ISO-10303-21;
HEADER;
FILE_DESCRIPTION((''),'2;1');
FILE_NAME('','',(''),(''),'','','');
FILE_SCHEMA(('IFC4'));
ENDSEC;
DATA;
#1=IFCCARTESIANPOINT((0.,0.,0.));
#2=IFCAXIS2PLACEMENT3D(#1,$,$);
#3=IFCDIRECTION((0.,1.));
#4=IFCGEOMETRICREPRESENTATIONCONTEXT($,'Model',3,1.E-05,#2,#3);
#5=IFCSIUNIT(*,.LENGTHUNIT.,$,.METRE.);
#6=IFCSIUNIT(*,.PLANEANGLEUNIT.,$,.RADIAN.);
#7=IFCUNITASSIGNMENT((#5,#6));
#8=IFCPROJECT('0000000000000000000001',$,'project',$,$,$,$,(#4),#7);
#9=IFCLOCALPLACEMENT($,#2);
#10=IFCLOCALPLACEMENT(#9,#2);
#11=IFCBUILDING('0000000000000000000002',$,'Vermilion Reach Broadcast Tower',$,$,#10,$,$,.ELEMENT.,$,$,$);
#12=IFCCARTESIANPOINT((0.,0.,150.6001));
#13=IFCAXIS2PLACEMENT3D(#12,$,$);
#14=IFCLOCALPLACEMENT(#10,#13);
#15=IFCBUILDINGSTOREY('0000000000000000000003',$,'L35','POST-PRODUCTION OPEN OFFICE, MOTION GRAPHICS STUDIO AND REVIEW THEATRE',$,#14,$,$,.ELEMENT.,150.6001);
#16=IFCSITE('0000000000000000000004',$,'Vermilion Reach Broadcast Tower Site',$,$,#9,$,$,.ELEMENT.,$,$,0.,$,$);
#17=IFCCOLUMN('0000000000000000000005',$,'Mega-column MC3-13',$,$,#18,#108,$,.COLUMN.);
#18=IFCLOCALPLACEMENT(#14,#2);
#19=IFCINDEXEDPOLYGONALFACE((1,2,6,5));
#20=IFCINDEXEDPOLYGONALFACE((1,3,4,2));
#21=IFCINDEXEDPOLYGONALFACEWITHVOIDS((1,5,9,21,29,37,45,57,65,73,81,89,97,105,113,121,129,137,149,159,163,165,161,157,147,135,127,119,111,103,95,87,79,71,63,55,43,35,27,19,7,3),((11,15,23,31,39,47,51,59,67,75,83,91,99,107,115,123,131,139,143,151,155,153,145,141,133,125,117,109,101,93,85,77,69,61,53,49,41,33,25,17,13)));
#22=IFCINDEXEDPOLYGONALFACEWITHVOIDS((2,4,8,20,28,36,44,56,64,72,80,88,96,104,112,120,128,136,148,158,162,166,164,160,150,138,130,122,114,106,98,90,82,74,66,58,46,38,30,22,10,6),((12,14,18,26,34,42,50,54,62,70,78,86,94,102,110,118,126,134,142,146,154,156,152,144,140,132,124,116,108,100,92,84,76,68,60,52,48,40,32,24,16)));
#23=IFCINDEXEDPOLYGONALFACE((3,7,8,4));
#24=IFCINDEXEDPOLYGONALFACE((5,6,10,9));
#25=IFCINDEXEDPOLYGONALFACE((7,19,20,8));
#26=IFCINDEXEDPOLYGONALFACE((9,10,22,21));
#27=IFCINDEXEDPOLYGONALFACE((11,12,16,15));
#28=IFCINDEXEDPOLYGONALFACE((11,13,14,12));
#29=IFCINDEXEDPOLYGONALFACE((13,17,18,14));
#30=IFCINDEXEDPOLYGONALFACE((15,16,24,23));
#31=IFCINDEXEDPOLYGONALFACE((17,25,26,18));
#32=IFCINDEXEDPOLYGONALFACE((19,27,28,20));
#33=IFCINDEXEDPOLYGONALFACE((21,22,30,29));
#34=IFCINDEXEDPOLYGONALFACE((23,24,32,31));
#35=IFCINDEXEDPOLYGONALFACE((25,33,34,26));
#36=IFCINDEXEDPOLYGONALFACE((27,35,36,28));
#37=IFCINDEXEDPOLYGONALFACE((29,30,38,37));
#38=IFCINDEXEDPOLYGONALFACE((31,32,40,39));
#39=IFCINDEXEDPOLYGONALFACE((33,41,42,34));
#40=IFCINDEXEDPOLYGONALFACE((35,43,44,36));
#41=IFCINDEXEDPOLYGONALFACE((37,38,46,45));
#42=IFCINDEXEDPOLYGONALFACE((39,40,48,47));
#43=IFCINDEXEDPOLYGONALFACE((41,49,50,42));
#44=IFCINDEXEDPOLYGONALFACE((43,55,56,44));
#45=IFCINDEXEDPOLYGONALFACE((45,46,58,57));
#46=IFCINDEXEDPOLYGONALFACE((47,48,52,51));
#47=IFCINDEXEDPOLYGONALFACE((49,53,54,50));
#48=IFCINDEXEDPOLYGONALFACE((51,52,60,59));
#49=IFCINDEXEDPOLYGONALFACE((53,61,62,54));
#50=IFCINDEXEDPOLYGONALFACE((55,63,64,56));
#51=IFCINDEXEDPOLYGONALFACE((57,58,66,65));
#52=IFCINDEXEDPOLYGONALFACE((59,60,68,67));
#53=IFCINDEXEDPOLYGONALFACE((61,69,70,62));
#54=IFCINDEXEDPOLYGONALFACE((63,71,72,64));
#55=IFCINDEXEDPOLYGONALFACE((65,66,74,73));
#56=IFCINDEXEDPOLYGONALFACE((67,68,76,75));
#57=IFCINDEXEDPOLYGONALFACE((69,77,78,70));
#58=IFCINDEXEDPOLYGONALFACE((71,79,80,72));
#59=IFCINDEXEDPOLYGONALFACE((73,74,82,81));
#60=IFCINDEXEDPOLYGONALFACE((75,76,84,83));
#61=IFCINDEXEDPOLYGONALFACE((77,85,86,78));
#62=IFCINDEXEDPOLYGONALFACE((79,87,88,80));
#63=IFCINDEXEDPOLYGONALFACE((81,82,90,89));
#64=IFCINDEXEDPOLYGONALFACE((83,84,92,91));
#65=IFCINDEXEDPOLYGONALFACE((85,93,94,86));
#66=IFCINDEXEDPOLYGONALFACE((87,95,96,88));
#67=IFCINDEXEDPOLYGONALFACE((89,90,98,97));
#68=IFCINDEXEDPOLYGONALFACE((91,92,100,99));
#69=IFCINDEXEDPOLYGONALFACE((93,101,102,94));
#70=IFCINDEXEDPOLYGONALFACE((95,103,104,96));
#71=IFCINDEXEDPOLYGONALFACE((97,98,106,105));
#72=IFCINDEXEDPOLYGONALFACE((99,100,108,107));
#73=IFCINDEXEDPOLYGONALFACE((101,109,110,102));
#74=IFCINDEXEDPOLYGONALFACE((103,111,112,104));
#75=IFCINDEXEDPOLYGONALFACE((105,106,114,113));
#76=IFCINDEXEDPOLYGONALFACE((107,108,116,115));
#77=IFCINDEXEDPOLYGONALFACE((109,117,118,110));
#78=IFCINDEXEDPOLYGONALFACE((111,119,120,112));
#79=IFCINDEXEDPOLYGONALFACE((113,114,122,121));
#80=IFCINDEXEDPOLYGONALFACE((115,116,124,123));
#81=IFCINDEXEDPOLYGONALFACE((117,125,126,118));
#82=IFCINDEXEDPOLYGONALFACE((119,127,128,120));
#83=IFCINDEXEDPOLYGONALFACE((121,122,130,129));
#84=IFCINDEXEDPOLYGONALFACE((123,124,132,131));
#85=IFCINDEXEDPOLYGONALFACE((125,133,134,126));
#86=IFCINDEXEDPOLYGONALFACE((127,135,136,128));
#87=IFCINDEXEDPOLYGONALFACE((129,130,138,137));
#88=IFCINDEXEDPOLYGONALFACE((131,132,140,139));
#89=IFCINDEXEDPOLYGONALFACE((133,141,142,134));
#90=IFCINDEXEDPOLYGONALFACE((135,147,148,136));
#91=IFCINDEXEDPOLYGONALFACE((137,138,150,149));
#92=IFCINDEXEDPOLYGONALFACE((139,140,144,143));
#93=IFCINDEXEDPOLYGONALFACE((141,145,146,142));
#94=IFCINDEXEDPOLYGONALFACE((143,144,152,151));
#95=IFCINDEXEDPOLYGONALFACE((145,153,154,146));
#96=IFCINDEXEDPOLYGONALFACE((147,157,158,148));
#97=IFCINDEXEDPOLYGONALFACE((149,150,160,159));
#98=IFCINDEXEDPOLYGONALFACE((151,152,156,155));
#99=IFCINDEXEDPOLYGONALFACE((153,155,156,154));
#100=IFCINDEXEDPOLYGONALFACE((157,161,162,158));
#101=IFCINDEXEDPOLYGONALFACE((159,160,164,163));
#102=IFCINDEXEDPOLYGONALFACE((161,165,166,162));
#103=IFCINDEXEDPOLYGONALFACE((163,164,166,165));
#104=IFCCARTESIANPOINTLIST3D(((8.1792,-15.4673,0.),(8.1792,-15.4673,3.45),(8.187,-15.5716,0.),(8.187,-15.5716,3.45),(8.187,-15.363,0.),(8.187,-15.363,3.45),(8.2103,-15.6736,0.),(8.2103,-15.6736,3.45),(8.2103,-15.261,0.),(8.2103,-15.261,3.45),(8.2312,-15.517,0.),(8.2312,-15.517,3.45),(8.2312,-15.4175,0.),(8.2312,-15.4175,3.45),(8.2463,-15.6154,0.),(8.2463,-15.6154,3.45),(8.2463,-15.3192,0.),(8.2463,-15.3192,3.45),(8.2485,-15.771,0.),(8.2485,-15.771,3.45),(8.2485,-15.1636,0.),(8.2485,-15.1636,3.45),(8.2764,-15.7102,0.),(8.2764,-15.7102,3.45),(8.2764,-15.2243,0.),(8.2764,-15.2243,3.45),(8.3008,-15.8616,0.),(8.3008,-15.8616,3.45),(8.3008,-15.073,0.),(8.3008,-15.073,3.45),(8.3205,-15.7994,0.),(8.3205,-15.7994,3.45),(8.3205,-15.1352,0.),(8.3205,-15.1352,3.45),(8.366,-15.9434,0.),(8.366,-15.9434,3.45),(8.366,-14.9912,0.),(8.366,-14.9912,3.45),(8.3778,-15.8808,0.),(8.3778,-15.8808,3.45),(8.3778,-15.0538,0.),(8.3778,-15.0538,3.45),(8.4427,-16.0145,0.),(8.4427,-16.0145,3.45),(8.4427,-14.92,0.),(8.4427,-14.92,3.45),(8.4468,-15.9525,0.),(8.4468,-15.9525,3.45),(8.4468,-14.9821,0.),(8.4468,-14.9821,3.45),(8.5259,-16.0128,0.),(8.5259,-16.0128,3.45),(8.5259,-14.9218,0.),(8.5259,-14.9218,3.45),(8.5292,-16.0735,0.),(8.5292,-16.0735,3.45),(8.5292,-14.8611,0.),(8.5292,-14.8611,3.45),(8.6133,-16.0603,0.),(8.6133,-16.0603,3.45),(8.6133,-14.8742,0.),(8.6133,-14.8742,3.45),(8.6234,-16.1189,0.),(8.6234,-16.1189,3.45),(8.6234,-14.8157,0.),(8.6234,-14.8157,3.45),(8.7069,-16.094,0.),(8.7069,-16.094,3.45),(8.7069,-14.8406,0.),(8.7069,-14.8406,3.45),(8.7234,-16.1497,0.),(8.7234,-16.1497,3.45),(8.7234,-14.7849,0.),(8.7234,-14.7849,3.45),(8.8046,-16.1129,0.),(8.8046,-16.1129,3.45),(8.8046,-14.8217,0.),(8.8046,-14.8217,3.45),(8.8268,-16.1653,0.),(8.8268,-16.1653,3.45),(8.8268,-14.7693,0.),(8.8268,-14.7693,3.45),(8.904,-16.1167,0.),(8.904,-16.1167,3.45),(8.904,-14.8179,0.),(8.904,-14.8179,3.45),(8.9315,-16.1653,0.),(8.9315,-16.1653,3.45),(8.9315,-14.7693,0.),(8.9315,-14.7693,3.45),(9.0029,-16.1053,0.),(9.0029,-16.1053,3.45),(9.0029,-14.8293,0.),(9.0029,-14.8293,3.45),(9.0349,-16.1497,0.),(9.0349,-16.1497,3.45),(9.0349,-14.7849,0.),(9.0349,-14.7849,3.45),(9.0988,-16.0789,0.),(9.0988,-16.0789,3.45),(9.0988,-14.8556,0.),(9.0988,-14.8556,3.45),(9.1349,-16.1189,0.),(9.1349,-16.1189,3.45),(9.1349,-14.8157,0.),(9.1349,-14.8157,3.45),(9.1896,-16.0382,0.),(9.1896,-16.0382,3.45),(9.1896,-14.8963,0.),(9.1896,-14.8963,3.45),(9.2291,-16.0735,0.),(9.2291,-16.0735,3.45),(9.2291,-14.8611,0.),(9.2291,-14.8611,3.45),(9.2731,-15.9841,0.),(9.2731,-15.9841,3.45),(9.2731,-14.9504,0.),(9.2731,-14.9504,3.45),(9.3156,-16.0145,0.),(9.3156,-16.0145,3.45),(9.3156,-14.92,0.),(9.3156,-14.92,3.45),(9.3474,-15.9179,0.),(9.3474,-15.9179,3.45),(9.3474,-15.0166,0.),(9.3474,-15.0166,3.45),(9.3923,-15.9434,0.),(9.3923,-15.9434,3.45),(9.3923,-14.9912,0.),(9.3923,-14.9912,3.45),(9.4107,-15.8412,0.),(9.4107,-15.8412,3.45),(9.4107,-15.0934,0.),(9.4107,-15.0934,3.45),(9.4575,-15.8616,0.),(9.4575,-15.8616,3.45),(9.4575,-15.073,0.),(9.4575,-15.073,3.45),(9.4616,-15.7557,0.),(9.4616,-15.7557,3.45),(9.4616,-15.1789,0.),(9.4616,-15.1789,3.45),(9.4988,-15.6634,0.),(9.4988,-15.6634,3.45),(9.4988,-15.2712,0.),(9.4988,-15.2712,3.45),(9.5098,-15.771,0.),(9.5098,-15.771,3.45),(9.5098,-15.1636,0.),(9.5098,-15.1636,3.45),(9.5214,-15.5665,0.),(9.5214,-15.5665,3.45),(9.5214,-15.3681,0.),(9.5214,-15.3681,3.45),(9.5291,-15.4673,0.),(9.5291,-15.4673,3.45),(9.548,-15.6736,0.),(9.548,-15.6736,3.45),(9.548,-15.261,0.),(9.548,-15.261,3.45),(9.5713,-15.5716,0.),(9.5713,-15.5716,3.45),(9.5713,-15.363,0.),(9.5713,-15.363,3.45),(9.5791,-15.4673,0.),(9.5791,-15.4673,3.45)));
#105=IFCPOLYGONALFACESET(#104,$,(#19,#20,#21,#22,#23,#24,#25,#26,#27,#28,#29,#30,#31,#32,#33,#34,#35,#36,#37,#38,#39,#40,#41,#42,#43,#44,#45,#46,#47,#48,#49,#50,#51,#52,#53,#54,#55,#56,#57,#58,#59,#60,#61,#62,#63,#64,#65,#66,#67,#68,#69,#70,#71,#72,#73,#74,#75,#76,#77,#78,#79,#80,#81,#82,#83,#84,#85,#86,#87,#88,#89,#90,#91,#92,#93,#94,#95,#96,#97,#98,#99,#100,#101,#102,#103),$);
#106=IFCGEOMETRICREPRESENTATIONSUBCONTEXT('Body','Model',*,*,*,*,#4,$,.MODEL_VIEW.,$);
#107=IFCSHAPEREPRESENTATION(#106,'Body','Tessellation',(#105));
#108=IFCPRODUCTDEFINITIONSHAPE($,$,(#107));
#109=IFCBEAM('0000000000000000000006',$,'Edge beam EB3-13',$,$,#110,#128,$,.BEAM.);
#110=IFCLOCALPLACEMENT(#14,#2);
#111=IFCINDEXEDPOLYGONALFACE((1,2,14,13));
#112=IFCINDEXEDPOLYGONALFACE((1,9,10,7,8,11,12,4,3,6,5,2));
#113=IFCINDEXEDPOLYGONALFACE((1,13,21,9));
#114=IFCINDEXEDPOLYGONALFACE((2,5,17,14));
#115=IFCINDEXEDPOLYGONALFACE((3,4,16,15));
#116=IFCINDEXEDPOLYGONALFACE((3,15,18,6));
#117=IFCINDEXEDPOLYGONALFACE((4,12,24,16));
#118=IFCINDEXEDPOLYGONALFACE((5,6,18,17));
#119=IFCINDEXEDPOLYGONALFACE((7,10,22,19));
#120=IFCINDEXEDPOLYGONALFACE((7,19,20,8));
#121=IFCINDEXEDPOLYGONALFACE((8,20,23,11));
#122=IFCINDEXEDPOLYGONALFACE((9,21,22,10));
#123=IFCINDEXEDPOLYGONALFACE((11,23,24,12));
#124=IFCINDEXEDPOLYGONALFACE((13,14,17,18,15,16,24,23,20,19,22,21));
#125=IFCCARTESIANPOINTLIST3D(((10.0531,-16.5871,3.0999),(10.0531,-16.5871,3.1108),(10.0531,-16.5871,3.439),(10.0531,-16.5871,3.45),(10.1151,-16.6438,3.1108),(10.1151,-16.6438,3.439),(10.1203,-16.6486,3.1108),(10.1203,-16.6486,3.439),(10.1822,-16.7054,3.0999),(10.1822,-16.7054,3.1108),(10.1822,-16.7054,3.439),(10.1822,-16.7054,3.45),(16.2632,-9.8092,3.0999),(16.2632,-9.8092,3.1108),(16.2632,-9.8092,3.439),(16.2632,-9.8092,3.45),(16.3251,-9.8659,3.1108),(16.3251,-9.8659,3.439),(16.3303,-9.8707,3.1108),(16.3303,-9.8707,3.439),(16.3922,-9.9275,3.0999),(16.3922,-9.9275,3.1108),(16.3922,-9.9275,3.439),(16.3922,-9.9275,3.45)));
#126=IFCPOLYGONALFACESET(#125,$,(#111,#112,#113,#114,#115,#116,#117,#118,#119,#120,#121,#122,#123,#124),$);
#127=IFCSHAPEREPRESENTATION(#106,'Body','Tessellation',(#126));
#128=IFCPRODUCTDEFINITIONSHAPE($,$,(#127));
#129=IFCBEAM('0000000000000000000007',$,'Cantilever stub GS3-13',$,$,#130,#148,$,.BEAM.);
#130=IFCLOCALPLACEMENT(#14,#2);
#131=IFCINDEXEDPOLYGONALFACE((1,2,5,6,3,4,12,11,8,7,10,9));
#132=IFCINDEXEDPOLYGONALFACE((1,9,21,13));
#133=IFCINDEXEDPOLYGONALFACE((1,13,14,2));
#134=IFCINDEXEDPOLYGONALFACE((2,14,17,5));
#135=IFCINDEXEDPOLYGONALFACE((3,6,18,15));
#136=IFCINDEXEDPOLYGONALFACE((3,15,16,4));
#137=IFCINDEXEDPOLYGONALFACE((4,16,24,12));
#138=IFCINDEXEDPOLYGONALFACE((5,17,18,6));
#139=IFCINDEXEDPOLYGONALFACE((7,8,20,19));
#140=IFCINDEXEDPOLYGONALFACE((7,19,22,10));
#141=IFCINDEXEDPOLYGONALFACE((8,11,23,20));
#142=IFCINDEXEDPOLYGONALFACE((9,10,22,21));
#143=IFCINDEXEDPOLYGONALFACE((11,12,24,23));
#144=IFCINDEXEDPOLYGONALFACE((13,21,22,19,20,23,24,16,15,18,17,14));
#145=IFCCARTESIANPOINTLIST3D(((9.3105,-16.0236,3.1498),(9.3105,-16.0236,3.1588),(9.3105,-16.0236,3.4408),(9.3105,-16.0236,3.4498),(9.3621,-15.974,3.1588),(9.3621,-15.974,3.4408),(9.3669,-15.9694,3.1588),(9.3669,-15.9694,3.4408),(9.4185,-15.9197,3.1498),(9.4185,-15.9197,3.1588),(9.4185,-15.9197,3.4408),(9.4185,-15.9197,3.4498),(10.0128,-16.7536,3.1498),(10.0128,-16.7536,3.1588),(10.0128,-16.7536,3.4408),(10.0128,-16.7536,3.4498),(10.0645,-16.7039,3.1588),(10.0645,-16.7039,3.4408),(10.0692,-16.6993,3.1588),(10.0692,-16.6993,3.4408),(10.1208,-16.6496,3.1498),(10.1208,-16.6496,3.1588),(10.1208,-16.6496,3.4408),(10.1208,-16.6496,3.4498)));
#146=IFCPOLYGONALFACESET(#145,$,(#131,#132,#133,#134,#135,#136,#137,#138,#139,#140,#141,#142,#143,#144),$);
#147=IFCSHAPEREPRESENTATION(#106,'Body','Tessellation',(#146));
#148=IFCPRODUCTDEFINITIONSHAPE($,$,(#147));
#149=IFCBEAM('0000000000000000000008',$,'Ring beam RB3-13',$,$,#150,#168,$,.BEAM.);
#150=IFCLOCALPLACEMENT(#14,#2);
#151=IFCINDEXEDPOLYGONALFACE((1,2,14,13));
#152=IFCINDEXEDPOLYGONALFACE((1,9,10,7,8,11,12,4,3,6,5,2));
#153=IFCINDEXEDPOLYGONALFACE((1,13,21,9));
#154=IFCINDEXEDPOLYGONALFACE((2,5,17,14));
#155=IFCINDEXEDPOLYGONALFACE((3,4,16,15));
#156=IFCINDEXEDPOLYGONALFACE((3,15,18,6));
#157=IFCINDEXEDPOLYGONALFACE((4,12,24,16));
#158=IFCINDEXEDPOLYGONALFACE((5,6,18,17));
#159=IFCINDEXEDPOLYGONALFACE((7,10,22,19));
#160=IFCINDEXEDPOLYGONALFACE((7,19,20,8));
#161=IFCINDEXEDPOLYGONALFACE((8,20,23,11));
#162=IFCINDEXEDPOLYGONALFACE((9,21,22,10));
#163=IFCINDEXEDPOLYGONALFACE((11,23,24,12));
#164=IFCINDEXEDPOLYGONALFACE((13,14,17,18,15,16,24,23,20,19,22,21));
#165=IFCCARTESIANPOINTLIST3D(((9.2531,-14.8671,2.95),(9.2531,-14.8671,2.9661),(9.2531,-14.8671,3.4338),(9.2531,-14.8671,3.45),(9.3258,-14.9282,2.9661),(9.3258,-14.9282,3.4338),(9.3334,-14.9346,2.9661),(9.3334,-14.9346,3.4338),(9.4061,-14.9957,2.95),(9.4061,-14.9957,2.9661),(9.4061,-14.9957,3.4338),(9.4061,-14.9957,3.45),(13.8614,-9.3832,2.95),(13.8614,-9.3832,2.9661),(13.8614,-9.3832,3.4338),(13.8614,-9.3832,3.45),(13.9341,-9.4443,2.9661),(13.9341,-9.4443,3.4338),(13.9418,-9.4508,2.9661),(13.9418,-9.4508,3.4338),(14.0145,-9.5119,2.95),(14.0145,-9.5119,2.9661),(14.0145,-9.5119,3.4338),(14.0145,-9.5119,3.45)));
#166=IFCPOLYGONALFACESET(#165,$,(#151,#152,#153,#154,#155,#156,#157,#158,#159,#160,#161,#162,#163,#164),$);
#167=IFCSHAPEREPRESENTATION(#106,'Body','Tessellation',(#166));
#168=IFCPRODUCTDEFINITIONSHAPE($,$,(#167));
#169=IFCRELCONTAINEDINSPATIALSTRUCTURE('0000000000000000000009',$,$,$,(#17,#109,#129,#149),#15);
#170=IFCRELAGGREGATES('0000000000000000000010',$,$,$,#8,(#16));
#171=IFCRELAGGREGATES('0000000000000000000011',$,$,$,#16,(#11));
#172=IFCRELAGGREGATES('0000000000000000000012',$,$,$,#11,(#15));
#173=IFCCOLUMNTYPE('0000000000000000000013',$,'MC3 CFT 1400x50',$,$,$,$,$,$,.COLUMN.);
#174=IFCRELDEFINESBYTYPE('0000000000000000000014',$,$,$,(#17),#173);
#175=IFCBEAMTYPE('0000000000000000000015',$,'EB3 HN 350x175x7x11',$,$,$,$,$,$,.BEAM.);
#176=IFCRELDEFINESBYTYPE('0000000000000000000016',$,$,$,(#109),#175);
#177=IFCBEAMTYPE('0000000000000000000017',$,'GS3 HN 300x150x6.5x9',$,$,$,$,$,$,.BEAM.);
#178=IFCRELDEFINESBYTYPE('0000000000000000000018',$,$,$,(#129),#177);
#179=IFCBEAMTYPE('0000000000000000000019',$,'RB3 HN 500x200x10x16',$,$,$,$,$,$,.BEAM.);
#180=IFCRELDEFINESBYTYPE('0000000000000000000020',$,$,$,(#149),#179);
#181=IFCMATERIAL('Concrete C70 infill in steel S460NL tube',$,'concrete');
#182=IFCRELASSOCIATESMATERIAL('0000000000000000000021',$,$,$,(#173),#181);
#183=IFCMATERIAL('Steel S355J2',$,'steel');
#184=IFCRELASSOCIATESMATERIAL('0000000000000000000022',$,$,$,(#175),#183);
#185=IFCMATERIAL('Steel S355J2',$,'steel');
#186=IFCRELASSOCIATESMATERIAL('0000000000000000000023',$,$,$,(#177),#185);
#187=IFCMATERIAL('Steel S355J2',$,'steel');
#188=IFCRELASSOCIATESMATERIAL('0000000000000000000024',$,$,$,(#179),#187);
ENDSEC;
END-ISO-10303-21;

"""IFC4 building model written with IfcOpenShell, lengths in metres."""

from ifc_helpers import new_model, si_unit, direction, frame, origin, origin_2d, place, context, subcontext, project, spatial, hollow_circle, i_section, extrude, material, material_profile, profile_set, type_object, element, save


model = new_model("IFC4")

# Units and contexts
model_context = context("Model", 3, precision=1e-05, world=origin(), true_north=direction((0.0, 1.0)))
body_context = subcontext(model_context, "Body", "Model", "MODEL_VIEW")
ifc_project = project(units=[si_unit("LENGTHUNIT", "METRE"), si_unit("PLANEANGLEUNIT", "RADIAN")], contexts=[model_context])

# Site, building, storey
site_placement = place(None, origin())
site = spatial("IfcSite", under=ifc_project, at=site_placement, Name="Vermilion Reach Broadcast Tower Site", CompositionType="ELEMENT", RefElevation=0.0)
building_placement = place(site_placement, origin())
building = spatial("IfcBuilding", under=site, at=building_placement, Name="Vermilion Reach Broadcast Tower", CompositionType="ELEMENT")
storey_placement = place(building_placement, frame((0.0, 0.0, 150.6001)))
storey = spatial("IfcBuildingStorey", under=building, at=storey_placement, Name="L35", Description="POST-PRODUCTION OPEN OFFICE, MOTION GRAPHICS STUDIO AND REVIEW THEATRE", CompositionType="ELEMENT", Elevation=150.6001)

# Column
ifc_material_1 = material(Name="Concrete C70 infill in steel S460NL tube", Category="concrete")
ifc_material_profile_1 = material_profile(ifc_material_1, hollow_circle(Radius=0.7, WallThickness=0.05, at=origin_2d()), Name="Concrete C70 infill in steel S460NL tube CFT 1400x50")
ifc_profile_set_1 = profile_set([ifc_material_profile_1], Name="Concrete C70 infill in steel S460NL tube")
column_type = type_object("IfcColumnType", Name="MC3 CFT 1400x50", PredefinedType="COLUMN", material=ifc_profile_set_1)
column_placement = place(storey_placement, frame((8.8792, -15.4673, 0.0), z_axis=(0.0, 0.0, 1.0), x_axis=(1.0, 0.0, 0.0)))
element("IfcColumn", 1, at=column_placement, inside=storey, type_object=column_type, Name="Mega-column MC3-13", PredefinedType="COLUMN", context=body_context, shape_type="SweptSolid", body=[
    extrude(hollow_circle(Radius=0.7, WallThickness=0.05, at=origin_2d()), origin(), (0.0, 0.0, 1.0), 3.45),
])

# Beams
ifc_material_2 = material(Name="Steel S355J2", Category="steel")
ifc_material_profile_2 = material_profile(ifc_material_2, i_section(OverallWidth=0.175, OverallDepth=0.3501, WebThickness=0.0071, FlangeThickness=0.011, at=origin_2d()), Name="S355J2 HN 350x175x7x11")
ifc_profile_set_2 = profile_set([ifc_material_profile_2], Name="Steel S355J2")
beam_type_1 = type_object("IfcBeamType", Name="EB3 HN 350x175x7x11", PredefinedType="BEAM", material=ifc_profile_set_2)
beam_1_placement = place(storey_placement, frame((10.1177, -16.6462, 3.2749), z_axis=(0.675544, 0.737319, 0.0), x_axis=(-0.737319, 0.675544, 0.0)))
element("IfcBeam", 2, at=beam_1_placement, inside=storey, type_object=beam_type_1, Name="Edge beam EB3-13", PredefinedType="BEAM", context=body_context, shape_type="SweptSolid", body=[
    extrude(i_section(OverallWidth=0.175, OverallDepth=0.3501, WebThickness=0.0071, FlangeThickness=0.011, at=origin_2d()), origin(), (0.0, 0.0, 1.0), 9.1926),
])
ifc_material_3 = material(Name="Steel S355J2", Category="steel")
ifc_material_profile_3 = material_profile(ifc_material_3, i_section(OverallWidth=0.1499, OverallDepth=0.3, WebThickness=0.0066, FlangeThickness=0.009, at=origin_2d()), Name="S355J2 HN 300x150x6.5x9")
ifc_profile_set_3 = profile_set([ifc_material_profile_3], Name="Steel S355J2")
beam_type_2 = type_object("IfcBeamType", Name="GS3 HN 300x150x6.5x9", PredefinedType="BEAM", material=ifc_profile_set_3)
beam_2_placement = place(storey_placement, frame((9.3645, -15.9717, 3.2998), z_axis=(0.693359, -0.720592, 0.0), x_axis=(0.720592, 0.693359, 0.0)))
element("IfcBeam", 3, at=beam_2_placement, inside=storey, type_object=beam_type_2, Name="Cantilever stub GS3-13", PredefinedType="BEAM", context=body_context, shape_type="SweptSolid", body=[
    extrude(i_section(OverallWidth=0.1499, OverallDepth=0.3, WebThickness=0.0066, FlangeThickness=0.009, at=origin_2d()), origin(), (0.0, 0.0, 1.0), 1.0129),
])
ifc_material_4 = material(Name="Steel S355J2", Category="steel")
ifc_material_profile_4 = material_profile(ifc_material_4, i_section(OverallWidth=0.2, OverallDepth=0.5, WebThickness=0.01, FlangeThickness=0.0161, at=origin_2d()), Name="S355J2 HN 500x200x10x16")
ifc_profile_set_4 = profile_set([ifc_material_profile_4], Name="Steel S355J2")
beam_type_3 = type_object("IfcBeamType", Name="RB3 HN 500x200x10x16", PredefinedType="BEAM", material=ifc_profile_set_4)
beam_3_placement = place(storey_placement, frame((9.3296, -14.9314, 3.2), z_axis=(0.64335, 0.765572, 0.0), x_axis=(-0.765572, 0.64335, 0.0)))
element("IfcBeam", 4, at=beam_3_placement, inside=storey, type_object=beam_type_3, Name="Ring beam RB3-13", PredefinedType="BEAM", context=body_context, shape_type="SweptSolid", body=[
    extrude(i_section(OverallWidth=0.2, OverallDepth=0.5, WebThickness=0.01, FlangeThickness=0.0161, at=origin_2d()), origin(), (0.0, 0.0, 1.0), 7.1631),
])

save(model, "model.ifc")
